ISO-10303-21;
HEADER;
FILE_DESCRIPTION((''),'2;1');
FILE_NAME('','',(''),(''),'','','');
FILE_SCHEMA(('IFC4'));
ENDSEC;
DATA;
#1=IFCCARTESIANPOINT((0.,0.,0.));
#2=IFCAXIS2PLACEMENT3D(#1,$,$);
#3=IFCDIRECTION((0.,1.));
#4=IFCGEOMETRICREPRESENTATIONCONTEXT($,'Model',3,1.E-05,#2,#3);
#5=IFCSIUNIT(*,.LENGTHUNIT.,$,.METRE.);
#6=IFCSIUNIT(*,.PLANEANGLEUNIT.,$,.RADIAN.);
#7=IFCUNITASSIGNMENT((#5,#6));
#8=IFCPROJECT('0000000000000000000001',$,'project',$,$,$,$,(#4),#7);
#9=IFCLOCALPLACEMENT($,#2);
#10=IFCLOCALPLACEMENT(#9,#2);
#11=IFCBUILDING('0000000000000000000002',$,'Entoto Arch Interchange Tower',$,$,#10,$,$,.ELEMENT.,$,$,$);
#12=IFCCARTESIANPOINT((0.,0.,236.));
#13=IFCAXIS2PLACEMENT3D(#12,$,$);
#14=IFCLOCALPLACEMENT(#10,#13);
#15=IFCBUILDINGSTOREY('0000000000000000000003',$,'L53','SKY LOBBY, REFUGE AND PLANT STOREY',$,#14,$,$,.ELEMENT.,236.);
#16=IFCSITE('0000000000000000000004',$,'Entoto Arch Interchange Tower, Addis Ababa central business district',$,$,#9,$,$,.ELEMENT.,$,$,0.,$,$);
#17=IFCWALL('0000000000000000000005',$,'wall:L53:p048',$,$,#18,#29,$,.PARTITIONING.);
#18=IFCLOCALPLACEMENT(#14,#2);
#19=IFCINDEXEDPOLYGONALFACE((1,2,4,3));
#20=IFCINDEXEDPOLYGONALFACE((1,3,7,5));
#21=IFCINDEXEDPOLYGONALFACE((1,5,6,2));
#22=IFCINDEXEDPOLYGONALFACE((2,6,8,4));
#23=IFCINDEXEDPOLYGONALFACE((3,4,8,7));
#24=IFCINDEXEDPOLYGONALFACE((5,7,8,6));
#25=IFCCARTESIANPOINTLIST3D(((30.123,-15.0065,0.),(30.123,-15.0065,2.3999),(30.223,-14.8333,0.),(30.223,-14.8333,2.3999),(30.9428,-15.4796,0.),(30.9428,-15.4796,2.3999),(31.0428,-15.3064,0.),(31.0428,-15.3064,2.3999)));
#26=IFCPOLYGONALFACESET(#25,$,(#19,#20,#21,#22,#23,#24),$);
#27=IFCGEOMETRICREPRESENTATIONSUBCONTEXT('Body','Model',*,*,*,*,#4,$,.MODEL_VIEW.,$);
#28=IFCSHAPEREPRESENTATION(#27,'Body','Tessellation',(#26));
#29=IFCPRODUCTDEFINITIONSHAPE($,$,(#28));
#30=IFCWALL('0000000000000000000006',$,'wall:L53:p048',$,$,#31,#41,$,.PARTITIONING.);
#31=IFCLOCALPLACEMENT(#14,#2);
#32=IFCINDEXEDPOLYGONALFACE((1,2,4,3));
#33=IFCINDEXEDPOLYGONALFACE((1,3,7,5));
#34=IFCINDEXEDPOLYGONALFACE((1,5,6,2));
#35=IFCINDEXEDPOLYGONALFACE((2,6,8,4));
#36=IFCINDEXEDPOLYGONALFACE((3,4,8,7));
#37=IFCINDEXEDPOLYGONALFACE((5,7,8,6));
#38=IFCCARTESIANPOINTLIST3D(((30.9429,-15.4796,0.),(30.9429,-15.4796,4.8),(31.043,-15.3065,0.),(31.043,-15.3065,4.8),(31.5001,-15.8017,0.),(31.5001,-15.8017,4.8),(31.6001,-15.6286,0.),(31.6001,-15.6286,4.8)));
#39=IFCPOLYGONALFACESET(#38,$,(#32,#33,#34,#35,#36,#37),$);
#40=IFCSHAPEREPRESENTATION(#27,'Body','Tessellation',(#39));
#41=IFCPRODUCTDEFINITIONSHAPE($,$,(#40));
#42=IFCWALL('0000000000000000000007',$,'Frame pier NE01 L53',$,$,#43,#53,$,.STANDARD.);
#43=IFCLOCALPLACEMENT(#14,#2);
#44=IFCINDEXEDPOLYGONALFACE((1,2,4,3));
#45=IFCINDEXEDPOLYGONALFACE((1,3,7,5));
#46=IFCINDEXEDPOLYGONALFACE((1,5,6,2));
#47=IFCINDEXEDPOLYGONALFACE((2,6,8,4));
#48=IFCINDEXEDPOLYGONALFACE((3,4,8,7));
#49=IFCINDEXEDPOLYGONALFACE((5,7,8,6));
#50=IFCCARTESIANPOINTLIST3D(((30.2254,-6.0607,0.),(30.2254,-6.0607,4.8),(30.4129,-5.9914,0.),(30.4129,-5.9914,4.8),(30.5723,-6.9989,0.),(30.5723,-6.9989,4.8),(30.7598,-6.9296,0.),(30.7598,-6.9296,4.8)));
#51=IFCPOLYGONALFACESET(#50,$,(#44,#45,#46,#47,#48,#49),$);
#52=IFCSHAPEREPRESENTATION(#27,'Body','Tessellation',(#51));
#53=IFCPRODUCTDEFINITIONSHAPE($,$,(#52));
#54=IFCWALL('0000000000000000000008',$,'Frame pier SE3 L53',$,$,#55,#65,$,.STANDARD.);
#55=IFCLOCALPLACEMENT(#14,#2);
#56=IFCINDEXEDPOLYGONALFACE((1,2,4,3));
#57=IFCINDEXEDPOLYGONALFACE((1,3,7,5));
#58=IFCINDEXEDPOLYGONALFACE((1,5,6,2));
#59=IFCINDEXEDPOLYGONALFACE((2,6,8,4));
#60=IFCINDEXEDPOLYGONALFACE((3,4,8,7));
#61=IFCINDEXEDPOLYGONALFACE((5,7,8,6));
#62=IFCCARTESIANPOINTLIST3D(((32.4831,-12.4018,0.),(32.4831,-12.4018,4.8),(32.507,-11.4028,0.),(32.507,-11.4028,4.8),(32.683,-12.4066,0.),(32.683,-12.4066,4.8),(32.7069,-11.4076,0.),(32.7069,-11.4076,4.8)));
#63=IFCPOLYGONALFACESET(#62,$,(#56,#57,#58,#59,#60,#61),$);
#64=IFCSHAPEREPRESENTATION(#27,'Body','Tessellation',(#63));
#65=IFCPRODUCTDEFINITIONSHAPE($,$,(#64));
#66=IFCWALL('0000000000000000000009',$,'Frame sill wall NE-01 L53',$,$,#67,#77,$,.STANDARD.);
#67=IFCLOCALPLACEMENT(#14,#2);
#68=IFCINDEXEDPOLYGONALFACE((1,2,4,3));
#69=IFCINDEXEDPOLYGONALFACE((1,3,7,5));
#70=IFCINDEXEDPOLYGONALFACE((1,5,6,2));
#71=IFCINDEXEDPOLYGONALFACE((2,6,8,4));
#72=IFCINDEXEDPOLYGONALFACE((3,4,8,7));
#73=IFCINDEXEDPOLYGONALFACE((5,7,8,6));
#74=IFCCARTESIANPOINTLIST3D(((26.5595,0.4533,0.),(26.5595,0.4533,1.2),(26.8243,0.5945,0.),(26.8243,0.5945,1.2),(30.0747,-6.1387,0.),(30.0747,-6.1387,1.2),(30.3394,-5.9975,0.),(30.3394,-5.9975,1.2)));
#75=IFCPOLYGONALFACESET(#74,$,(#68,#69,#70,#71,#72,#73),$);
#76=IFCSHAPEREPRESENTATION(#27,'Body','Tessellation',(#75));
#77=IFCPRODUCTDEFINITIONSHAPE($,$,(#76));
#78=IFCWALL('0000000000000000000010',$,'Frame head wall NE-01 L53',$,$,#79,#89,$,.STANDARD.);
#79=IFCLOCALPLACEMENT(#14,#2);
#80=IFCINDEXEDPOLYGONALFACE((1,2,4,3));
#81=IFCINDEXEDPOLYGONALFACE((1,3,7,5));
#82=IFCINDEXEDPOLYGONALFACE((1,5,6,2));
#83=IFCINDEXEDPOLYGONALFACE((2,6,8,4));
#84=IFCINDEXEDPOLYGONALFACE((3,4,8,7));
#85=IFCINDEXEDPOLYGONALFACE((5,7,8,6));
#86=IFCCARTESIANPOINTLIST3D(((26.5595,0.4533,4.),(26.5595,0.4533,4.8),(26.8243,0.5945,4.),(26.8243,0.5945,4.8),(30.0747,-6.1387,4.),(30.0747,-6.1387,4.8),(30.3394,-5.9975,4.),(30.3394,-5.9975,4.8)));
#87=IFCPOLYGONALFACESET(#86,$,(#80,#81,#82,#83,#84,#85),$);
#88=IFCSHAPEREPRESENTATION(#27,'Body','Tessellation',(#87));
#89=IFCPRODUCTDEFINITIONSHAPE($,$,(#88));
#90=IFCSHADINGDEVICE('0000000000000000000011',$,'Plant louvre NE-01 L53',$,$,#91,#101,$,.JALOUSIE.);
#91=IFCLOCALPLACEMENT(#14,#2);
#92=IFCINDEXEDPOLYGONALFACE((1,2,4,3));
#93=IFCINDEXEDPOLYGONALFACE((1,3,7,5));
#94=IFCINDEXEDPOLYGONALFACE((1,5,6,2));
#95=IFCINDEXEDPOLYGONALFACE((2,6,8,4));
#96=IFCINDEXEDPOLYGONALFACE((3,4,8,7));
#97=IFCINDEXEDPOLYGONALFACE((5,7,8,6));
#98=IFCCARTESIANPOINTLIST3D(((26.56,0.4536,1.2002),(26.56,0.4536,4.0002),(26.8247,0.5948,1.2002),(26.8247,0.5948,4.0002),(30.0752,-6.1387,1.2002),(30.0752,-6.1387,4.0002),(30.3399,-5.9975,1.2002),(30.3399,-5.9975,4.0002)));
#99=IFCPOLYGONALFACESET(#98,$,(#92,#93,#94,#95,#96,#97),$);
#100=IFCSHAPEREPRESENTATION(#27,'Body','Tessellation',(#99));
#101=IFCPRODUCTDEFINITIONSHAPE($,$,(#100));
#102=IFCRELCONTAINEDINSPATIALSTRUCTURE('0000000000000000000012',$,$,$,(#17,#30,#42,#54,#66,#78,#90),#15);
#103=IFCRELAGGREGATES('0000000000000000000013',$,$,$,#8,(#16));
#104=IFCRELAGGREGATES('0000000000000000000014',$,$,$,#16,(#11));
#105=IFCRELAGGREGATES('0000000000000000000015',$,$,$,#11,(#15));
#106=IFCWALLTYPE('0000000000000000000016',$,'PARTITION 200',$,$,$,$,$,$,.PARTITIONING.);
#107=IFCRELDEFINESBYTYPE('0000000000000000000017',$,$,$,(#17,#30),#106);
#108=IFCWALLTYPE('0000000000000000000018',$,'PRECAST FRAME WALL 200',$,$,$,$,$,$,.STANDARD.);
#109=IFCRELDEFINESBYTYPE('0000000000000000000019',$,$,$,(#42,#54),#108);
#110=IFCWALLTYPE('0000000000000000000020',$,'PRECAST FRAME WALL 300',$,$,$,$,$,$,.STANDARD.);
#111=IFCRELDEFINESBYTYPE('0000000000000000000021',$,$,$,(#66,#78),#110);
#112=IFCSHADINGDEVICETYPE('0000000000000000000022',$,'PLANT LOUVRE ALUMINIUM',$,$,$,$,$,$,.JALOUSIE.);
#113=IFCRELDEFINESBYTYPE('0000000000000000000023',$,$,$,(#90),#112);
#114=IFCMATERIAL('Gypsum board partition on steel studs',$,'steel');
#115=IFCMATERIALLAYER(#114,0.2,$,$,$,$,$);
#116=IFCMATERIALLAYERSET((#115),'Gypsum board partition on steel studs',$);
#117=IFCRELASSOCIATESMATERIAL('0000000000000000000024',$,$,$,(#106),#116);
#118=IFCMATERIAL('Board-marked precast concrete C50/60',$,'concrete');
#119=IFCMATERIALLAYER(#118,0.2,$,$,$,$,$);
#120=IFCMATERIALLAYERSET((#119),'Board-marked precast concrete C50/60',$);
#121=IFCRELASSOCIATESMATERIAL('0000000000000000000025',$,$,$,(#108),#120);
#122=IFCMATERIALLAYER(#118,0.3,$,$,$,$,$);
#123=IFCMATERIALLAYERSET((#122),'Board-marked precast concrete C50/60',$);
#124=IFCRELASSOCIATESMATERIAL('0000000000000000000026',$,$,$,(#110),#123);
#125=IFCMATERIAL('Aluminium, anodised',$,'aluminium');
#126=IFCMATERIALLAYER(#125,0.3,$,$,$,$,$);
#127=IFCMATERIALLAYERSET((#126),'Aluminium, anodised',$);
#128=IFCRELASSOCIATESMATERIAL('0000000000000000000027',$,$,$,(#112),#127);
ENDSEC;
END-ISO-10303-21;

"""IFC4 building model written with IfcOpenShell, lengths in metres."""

from ifc_helpers import new_model, si_unit, direction, frame, frame_2d, origin, origin_2d, place, context, subcontext, project, spatial, rectangle, extrude, material, layer, layer_set, type_object, element, save


model = new_model("IFC4")

# Units and contexts
model_context = context("Model", 3, precision=1e-05, world=origin(), true_north=direction((0.0, 1.0)))
body_context = subcontext(model_context, "Body", "Model", "MODEL_VIEW")
ifc_project = project(units=[si_unit("LENGTHUNIT", "METRE"), si_unit("PLANEANGLEUNIT", "RADIAN")], contexts=[model_context])

# Site, building, storey
site_placement = place(None, origin())
site = spatial("IfcSite", under=ifc_project, at=site_placement, Name="Entoto Arch Interchange Tower, Addis Ababa central business district", CompositionType="ELEMENT", RefElevation=0.0)
building_placement = place(site_placement, origin())
building = spatial("IfcBuilding", under=site, at=building_placement, Name="Entoto Arch Interchange Tower", CompositionType="ELEMENT")
storey_placement = place(building_placement, frame((0.0, 0.0, 236.0)))
storey = spatial("IfcBuildingStorey", under=building, at=storey_placement, Name="L53", Description="SKY LOBBY, REFUGE AND PLANT STOREY", CompositionType="ELEMENT", Elevation=236.0)

# Shared definitions
ifc_material_1 = material(Name="Aluminium, anodised", Category="aluminium")

# Walls
ifc_material_2 = material(Name="Gypsum board partition on steel studs", Category="steel")
ifc_layer_1 = layer(ifc_material_2, 0.2)
ifc_layer_set_1 = layer_set([ifc_layer_1], Name="Gypsum board partition on steel studs")
wall_type_1 = type_object("IfcWallType", Name="PARTITION 200", PredefinedType="PARTITIONING", material=ifc_layer_set_1)
wall_1_placement = place(storey_placement, frame((30.1731, -14.9199, 0.0), z_axis=(0.0, 0.0, 1.0), x_axis=(0.866108, -0.499856, 0.0)))
element("IfcWall", 1, at=wall_1_placement, inside=storey, type_object=wall_type_1, Name="wall:L53:p048", PredefinedType="PARTITIONING", context=body_context, shape_type="SweptSolid", body=[
    extrude(rectangle(XDim=0.9465, YDim=0.2, at=frame_2d((0.4731, 0.0))), origin(), (0.0, 0.0, 1.0), 2.3999),
])
wall_2_placement = place(storey_placement, frame((30.9929, -15.3931, 0.0), z_axis=(0.0, 0.0, 1.0), x_axis=(0.865781, -0.500423, 0.0)))
element("IfcWall", 2, at=wall_2_placement, inside=storey, type_object=wall_type_1, Name="wall:L53:p048", PredefinedType="PARTITIONING", context=body_context, shape_type="SweptSolid", body=[
    extrude(rectangle(XDim=0.6436, YDim=0.2, at=frame_2d((0.3218, 0.0))), origin(), (0.0, 0.0, 1.0), 4.8),
])
ifc_material_3 = material(Name="Board-marked precast concrete C50/60", Category="concrete")
ifc_layer_2 = layer(ifc_material_3, 0.2)
ifc_layer_set_2 = layer_set([ifc_layer_2], Name="Board-marked precast concrete C50/60")
wall_type_2 = type_object("IfcWallType", Name="PRECAST FRAME WALL 200", PredefinedType="STANDARD", material=ifc_layer_set_2)
wall_3_placement = place(storey_placement, frame((30.666, -6.9641, 0.0), z_axis=(0.0, 0.0, 1.0), x_axis=(-0.346814, 0.937934, 0.0)))
element("IfcWall", 3, at=wall_3_placement, inside=storey, type_object=wall_type_2, Name="Frame pier NE01 L53", PredefinedType="STANDARD", context=body_context, shape_type="SweptSolid", body=[
    extrude(rectangle(XDim=1.0002, YDim=0.2, at=frame_2d((0.5, 0.0))), origin(), (0.0, 0.0, 1.0), 4.8),
])
wall_4_placement = place(storey_placement, frame((32.583, -12.4041, 0.0), z_axis=(0.0, 0.0, 1.0), x_axis=(0.023942, 0.999713, 0.0)))
element("IfcWall", 4, at=wall_4_placement, inside=storey, type_object=wall_type_2, Name="Frame pier SE3 L53", PredefinedType="STANDARD", context=body_context, shape_type="SweptSolid", body=[
    extrude(rectangle(XDim=0.9993, YDim=0.2, at=frame_2d((0.4995, 0.0))), origin(), (0.0, 0.0, 1.0), 4.8),
])
ifc_layer_3 = layer(ifc_material_3, 0.3)
ifc_layer_set_3 = layer_set([ifc_layer_3], Name="Board-marked precast concrete C50/60")
wall_type_3 = type_object("IfcWallType", Name="PRECAST FRAME WALL 300", PredefinedType="STANDARD", material=ifc_layer_set_3)
wall_5_placement = place(storey_placement, frame((30.207, -6.0681, 0.0), z_axis=(0.0, 0.0, 1.0), x_axis=(-0.470524, 0.882387, 0.0)))
element("IfcWall", 5, at=wall_5_placement, inside=storey, type_object=wall_type_3, Name="Frame sill wall NE-01 L53", PredefinedType="STANDARD", context=body_context, shape_type="SweptSolid", body=[
    extrude(rectangle(XDim=7.4707, YDim=0.3, at=frame_2d((3.7354, 0.0))), origin(), (0.0, 0.0, 1.0), 1.2),
])
wall_6_placement = place(storey_placement, frame((30.207, -6.0681, 4.0), z_axis=(0.0, 0.0, 1.0), x_axis=(-0.470524, 0.882387, 0.0)))
element("IfcWall", 6, at=wall_6_placement, inside=storey, type_object=wall_type_3, Name="Frame head wall NE-01 L53", PredefinedType="STANDARD", context=body_context, shape_type="SweptSolid", body=[
    extrude(rectangle(XDim=7.4707, YDim=0.3, at=frame_2d((3.7354, 0.0))), origin(), (0.0, 0.0, 1.0), 0.8),
])

# Shading device
ifc_layer_4 = layer(ifc_material_1, 0.3)
ifc_layer_set_4 = layer_set([ifc_layer_4], Name="Aluminium, anodised")
shading_device_type = type_object("IfcShadingDeviceType", Name="PLANT LOUVRE ALUMINIUM", PredefinedType="JALOUSIE", material=ifc_layer_set_4)
shading_device_placement = place(storey_placement, frame((28.45, -2.772, 1.2002), z_axis=(0.0, 0.0, 1.0), x_axis=(-0.470519, 0.88239, 0.0)))
element("IfcShadingDevice", 7, at=shading_device_placement, inside=storey, type_object=shading_device_type, Name="Plant louvre NE-01 L53", PredefinedType="JALOUSIE", context=body_context, shape_type="SweptSolid", body=[
    extrude(rectangle(XDim=7.4709, YDim=0.3, at=origin_2d()), origin(), (0.0, 0.0, 1.0), 2.8),
])

save(model, "model.ifc")
